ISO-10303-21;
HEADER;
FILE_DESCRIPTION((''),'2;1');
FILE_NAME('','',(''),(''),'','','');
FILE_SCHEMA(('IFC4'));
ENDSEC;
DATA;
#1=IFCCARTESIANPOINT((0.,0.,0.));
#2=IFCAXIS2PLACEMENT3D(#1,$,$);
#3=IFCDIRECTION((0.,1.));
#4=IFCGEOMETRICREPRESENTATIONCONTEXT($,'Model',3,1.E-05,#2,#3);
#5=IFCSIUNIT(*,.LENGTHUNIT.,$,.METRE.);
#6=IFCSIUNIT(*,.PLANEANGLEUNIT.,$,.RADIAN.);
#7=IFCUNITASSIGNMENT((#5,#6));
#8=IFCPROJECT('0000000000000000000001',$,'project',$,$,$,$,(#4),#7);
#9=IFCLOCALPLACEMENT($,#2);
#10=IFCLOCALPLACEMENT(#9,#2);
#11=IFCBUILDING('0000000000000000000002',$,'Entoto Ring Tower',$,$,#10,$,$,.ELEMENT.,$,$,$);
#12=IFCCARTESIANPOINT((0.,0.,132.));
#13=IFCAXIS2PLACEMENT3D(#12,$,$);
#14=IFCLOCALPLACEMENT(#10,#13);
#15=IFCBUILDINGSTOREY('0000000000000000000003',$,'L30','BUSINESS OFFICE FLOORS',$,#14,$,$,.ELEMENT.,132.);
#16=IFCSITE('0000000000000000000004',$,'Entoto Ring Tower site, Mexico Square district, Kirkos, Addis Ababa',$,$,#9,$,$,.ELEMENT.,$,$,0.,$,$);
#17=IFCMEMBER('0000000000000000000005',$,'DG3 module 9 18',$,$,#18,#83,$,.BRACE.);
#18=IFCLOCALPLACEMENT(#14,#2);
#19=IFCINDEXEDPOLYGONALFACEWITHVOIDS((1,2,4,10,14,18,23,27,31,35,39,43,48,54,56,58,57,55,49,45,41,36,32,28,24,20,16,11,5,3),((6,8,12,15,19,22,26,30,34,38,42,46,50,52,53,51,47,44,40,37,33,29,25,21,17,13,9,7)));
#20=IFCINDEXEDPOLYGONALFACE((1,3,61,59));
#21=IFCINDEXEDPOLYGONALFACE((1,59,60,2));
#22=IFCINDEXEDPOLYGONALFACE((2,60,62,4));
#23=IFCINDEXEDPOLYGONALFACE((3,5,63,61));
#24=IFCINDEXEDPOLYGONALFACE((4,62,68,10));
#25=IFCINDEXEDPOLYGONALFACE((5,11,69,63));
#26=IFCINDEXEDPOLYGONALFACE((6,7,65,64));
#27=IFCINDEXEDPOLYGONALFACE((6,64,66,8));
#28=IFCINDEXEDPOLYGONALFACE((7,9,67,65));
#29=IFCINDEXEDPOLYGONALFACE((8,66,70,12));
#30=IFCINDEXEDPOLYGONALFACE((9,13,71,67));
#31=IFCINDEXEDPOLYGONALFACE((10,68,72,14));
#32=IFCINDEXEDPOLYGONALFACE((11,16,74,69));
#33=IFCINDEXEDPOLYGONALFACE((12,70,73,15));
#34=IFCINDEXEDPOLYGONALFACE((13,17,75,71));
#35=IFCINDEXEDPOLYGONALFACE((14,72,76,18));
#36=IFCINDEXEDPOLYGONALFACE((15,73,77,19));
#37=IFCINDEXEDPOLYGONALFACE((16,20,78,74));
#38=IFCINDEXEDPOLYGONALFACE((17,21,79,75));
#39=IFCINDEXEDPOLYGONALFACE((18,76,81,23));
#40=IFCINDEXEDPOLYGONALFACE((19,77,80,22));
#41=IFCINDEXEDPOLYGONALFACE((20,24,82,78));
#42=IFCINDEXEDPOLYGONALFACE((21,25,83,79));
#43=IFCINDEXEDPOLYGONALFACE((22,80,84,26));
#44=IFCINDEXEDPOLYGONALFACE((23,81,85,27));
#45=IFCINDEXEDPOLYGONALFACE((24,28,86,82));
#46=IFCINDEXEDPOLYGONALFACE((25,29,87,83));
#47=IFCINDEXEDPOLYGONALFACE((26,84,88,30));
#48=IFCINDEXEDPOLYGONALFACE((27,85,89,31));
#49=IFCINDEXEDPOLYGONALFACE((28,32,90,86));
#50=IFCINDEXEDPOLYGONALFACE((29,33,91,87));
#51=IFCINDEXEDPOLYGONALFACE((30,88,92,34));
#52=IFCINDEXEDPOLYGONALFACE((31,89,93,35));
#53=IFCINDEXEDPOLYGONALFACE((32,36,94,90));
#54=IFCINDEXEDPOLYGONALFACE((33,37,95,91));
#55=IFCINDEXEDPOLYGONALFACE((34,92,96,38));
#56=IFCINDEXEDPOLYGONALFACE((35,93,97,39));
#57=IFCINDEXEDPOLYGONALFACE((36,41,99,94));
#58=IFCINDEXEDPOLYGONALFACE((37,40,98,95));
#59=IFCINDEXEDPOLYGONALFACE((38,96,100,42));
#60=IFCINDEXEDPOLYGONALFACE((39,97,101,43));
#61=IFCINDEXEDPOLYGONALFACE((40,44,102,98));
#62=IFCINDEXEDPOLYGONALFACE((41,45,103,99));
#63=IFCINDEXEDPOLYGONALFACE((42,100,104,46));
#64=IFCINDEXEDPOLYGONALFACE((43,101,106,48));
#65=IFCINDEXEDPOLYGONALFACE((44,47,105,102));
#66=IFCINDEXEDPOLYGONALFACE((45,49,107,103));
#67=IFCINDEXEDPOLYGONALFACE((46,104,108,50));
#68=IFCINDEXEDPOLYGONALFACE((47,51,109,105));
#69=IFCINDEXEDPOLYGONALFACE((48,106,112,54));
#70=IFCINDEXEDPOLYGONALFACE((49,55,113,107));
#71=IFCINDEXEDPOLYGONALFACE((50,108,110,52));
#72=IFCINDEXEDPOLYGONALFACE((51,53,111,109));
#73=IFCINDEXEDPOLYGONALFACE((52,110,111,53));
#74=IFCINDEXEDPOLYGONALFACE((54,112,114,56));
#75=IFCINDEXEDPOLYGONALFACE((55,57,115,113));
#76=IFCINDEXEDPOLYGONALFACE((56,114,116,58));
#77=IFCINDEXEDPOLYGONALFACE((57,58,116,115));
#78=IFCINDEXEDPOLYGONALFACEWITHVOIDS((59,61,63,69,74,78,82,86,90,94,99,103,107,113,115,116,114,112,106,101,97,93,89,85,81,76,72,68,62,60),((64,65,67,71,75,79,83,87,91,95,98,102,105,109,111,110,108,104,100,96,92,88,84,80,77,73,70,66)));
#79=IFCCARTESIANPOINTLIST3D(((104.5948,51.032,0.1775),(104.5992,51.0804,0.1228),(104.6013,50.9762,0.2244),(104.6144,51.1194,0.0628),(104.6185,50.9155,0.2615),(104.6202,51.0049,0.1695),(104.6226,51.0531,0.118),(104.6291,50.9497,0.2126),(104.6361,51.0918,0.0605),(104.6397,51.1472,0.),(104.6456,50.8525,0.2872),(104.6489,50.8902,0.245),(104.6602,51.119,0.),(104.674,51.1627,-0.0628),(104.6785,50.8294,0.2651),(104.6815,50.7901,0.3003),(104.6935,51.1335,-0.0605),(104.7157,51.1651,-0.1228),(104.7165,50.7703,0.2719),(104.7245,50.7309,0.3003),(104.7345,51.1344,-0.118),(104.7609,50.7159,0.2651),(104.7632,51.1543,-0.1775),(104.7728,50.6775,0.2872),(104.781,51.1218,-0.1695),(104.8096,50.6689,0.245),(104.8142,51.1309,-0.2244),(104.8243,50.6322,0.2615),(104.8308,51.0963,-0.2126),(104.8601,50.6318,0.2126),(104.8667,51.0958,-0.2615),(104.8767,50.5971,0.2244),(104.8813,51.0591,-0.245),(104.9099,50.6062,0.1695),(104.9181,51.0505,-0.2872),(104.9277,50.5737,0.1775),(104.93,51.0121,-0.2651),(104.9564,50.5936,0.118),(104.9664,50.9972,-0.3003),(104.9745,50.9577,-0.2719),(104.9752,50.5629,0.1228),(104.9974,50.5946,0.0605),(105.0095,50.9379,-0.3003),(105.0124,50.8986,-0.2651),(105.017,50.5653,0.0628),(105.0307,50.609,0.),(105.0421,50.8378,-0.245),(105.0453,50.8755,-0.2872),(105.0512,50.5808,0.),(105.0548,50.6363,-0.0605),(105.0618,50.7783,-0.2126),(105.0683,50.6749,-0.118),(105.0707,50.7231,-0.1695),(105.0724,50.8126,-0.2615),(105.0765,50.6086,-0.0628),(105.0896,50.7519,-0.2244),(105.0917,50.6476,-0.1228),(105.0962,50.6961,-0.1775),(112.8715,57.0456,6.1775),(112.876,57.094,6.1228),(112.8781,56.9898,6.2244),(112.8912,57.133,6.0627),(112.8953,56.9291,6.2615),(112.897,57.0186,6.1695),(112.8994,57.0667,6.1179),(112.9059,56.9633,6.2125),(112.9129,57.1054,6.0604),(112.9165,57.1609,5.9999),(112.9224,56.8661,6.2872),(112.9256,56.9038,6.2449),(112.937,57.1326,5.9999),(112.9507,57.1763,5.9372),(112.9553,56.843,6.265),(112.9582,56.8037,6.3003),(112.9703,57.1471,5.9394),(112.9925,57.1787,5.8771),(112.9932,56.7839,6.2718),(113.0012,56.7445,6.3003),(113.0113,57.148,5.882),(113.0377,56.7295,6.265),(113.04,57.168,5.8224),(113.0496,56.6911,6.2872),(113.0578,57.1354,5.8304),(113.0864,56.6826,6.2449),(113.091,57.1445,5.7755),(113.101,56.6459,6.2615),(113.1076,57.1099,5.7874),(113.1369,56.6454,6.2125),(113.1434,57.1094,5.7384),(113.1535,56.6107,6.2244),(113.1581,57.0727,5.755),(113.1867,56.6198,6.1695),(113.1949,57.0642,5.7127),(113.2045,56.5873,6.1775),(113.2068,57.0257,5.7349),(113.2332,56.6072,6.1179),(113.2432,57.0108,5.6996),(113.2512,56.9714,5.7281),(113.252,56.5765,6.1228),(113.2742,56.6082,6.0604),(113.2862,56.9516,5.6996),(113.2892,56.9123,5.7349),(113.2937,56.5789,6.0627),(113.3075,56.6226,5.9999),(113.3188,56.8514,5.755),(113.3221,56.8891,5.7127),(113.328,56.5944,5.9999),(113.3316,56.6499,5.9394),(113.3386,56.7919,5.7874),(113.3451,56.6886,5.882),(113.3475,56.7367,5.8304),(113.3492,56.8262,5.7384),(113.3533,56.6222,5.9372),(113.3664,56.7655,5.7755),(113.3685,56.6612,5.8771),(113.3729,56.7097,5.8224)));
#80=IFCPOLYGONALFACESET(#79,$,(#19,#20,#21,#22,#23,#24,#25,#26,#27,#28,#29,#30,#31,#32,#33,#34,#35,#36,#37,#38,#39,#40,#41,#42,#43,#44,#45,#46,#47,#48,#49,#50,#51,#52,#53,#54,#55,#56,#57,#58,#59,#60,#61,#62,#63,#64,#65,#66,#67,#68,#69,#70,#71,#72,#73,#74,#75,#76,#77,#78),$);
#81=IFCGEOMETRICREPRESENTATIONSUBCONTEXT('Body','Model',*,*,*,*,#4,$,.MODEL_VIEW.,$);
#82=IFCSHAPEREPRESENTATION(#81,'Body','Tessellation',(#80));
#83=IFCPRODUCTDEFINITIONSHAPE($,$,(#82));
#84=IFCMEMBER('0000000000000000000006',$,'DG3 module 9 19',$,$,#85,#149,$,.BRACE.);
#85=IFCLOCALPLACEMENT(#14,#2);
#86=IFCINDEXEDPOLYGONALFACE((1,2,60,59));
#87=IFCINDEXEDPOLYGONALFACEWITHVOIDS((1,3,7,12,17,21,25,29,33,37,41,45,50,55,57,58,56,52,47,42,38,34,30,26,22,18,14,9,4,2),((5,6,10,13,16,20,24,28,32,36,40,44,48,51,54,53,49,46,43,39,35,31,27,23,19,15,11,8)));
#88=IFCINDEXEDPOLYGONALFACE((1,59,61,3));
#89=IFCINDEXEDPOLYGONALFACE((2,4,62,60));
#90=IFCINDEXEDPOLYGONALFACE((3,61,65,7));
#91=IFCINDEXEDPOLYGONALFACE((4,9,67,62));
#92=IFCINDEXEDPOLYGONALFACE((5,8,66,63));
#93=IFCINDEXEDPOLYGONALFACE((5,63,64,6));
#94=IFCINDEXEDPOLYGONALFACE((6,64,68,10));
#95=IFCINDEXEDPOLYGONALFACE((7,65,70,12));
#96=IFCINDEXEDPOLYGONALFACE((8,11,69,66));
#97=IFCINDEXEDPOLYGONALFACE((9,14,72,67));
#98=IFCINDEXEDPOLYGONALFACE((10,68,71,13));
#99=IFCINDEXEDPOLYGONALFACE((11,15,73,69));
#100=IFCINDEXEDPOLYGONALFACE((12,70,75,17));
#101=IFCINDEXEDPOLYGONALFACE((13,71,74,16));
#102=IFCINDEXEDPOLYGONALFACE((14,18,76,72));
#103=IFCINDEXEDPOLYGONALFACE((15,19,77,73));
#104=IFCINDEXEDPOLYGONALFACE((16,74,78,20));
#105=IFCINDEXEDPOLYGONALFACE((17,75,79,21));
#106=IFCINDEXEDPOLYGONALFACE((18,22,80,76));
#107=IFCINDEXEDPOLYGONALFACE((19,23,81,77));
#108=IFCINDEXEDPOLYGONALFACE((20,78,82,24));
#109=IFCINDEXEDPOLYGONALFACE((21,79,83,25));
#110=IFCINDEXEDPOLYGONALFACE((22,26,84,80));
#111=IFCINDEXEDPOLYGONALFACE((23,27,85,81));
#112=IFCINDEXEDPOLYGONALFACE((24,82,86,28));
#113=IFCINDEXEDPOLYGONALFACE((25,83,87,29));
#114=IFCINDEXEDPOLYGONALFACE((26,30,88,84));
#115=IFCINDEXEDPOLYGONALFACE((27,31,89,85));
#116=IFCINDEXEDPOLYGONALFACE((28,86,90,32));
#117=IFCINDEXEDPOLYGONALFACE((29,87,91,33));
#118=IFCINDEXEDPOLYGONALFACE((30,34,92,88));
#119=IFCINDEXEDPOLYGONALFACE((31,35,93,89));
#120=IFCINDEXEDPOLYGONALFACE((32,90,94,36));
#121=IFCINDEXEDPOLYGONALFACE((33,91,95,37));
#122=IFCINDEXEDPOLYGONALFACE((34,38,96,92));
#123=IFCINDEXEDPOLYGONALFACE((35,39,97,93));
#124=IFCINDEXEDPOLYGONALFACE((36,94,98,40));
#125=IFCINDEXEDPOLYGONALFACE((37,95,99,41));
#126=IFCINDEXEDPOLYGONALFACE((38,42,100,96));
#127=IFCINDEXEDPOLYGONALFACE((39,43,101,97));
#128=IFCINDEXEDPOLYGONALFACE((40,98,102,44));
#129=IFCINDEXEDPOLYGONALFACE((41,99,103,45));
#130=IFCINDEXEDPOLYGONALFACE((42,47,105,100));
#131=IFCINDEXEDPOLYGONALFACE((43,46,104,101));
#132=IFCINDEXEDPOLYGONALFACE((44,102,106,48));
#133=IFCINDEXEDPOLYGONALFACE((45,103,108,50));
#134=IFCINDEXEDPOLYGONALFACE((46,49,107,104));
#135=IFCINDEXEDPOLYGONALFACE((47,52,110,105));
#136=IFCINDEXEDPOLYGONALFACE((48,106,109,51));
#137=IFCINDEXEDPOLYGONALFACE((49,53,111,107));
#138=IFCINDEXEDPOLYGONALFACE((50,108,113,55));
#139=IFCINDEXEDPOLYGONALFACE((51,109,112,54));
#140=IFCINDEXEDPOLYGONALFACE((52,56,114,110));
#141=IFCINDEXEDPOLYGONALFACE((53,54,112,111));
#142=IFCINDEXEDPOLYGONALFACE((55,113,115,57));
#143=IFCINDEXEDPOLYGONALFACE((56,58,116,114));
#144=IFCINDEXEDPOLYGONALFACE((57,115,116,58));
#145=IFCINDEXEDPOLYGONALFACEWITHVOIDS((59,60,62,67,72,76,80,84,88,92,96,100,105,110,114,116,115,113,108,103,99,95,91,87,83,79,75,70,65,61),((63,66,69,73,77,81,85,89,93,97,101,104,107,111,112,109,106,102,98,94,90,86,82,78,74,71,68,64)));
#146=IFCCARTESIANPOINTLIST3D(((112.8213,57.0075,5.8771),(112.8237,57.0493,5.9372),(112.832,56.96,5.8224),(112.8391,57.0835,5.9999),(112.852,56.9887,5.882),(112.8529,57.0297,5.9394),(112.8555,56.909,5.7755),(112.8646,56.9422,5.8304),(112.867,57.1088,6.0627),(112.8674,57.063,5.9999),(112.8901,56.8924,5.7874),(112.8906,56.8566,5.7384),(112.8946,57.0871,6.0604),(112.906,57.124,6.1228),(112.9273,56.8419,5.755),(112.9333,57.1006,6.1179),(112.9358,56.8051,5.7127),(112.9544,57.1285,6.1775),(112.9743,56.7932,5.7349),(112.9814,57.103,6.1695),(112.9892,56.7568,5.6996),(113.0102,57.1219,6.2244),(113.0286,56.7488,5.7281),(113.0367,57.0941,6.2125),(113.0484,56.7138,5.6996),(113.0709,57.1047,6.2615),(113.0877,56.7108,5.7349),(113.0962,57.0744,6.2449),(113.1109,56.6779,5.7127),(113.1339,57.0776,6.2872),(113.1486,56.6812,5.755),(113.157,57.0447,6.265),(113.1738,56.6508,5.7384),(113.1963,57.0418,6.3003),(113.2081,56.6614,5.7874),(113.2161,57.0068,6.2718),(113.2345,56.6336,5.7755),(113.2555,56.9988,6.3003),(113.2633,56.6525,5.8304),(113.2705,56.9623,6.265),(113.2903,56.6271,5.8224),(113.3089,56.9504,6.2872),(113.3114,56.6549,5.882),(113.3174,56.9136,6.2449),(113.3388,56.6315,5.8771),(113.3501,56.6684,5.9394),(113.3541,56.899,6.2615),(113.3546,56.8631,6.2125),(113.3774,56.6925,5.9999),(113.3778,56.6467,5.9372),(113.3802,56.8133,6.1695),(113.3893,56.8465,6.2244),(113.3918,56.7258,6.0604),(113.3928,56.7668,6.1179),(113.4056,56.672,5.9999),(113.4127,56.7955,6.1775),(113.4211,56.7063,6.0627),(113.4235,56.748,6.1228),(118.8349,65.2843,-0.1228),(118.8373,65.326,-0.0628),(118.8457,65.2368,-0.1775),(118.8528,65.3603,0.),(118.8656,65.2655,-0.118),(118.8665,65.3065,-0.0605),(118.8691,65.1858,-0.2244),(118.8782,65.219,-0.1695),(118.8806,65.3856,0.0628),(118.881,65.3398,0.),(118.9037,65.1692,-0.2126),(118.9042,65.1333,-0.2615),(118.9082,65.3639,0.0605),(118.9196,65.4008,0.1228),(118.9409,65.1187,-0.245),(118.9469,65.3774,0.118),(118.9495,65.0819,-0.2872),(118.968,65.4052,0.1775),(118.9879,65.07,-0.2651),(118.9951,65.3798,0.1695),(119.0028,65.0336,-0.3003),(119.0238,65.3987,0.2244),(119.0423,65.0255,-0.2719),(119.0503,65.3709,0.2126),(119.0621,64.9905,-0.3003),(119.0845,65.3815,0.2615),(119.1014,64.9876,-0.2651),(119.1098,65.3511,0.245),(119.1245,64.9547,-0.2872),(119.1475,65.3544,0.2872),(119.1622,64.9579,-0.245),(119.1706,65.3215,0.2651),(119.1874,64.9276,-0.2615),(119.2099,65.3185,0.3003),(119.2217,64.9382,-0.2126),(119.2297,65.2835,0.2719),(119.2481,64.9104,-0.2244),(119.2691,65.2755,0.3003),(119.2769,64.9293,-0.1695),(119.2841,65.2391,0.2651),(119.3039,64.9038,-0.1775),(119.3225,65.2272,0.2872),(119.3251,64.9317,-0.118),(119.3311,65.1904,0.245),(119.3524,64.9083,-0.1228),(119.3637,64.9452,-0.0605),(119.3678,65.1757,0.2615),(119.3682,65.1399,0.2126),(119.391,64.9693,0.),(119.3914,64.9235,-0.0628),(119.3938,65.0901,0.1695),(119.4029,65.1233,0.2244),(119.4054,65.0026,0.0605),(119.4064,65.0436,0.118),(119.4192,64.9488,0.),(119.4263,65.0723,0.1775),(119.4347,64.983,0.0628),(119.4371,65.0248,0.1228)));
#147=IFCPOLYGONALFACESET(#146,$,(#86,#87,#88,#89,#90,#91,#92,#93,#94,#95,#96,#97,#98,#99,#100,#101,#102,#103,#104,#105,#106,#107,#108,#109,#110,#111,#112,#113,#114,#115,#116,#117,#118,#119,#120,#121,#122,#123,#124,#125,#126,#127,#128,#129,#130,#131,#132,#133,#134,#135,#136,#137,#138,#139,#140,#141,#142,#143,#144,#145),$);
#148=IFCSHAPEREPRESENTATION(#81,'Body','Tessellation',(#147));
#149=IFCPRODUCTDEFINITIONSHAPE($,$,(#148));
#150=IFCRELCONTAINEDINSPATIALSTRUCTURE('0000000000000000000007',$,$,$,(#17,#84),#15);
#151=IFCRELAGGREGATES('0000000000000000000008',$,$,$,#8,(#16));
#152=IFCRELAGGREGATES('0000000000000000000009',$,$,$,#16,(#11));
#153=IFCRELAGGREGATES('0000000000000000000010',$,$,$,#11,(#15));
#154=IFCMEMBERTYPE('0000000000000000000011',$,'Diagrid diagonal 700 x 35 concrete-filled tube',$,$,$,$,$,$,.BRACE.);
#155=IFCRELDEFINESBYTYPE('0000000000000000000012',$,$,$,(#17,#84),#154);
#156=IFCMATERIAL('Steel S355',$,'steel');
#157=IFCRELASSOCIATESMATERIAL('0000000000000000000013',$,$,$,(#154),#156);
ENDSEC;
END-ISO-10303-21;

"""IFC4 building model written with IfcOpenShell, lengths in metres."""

from ifc_helpers import new_model, si_unit, direction, frame, origin, origin_2d, place, context, subcontext, project, spatial, circle, hollow_circle, extrude, material, material_profile, profile_set, type_object, element, save


model = new_model("IFC4")

# Units and contexts
model_context = context("Model", 3, precision=1e-05, world=origin(), true_north=direction((0.0, 1.0)))
body_context = subcontext(model_context, "Body", "Model", "MODEL_VIEW")
ifc_project = project(units=[si_unit("LENGTHUNIT", "METRE"), si_unit("PLANEANGLEUNIT", "RADIAN")], contexts=[model_context])

# Site, building, storey
site_placement = place(None, origin())
site = spatial("IfcSite", under=ifc_project, at=site_placement, Name="Entoto Ring Tower site, Mexico Square district, Kirkos, Addis Ababa", CompositionType="ELEMENT", RefElevation=0.0)
building_placement = place(site_placement, origin())
building = spatial("IfcBuilding", under=site, at=building_placement, Name="Entoto Ring Tower", CompositionType="ELEMENT")
storey_placement = place(building_placement, frame((0.0, 0.0, 132.0)))
storey = spatial("IfcBuildingStorey", under=building, at=storey_placement, Name="L30", Description="BUSINESS OFFICE FLOORS", CompositionType="ELEMENT", Elevation=132.0)

# Members
ifc_material_1 = material(Name="Steel S355", Category="steel")
ifc_material_profile_1 = material_profile(ifc_material_1, hollow_circle(Radius=0.3501, WallThickness=0.0349, at=origin_2d()), Name="CHS 700 x 35")
ifc_material_2 = material(Name="Concrete C60/75", Category="concrete")
ifc_material_profile_2 = material_profile(ifc_material_2, circle(Radius=0.3149, at=origin_2d()), Name="Concrete C60/75 infill")
ifc_profile_set_1 = profile_set([ifc_material_profile_1, ifc_material_profile_2], Name="Steel S355")
member_type_1 = type_object("IfcMemberType", Name="Diagrid diagonal 700 x 35 concrete-filled tube", PredefinedType="BRACE", material=ifc_profile_set_1)
for number, where, z_axis, x_axis, name in (
    (1, (104.8455, 50.864, 0.0), (0.697853, 0.507035, 0.505882), (-0.587797, 0.809008, 0.0), "DG3 module 9 18"),
    (2, (119.136, 65.1545, 0.0), (-0.507035, -0.697853, 0.505882), (0.809008, -0.587797, 0.0), "DG3 module 9 19"),
):
    element("IfcMember", number, at=place(storey_placement, frame(where, z_axis=z_axis, x_axis=x_axis)), inside=storey, type_object=member_type_1, Name=name, PredefinedType="BRACE", context=body_context, shape_type="SweptSolid", body=[
        extrude(hollow_circle(Radius=0.3501, WallThickness=0.0349, at=origin_2d()), origin(), (0.0, 0.0, 1.0), 11.8604),
    ])

save(model, "model.ifc")
